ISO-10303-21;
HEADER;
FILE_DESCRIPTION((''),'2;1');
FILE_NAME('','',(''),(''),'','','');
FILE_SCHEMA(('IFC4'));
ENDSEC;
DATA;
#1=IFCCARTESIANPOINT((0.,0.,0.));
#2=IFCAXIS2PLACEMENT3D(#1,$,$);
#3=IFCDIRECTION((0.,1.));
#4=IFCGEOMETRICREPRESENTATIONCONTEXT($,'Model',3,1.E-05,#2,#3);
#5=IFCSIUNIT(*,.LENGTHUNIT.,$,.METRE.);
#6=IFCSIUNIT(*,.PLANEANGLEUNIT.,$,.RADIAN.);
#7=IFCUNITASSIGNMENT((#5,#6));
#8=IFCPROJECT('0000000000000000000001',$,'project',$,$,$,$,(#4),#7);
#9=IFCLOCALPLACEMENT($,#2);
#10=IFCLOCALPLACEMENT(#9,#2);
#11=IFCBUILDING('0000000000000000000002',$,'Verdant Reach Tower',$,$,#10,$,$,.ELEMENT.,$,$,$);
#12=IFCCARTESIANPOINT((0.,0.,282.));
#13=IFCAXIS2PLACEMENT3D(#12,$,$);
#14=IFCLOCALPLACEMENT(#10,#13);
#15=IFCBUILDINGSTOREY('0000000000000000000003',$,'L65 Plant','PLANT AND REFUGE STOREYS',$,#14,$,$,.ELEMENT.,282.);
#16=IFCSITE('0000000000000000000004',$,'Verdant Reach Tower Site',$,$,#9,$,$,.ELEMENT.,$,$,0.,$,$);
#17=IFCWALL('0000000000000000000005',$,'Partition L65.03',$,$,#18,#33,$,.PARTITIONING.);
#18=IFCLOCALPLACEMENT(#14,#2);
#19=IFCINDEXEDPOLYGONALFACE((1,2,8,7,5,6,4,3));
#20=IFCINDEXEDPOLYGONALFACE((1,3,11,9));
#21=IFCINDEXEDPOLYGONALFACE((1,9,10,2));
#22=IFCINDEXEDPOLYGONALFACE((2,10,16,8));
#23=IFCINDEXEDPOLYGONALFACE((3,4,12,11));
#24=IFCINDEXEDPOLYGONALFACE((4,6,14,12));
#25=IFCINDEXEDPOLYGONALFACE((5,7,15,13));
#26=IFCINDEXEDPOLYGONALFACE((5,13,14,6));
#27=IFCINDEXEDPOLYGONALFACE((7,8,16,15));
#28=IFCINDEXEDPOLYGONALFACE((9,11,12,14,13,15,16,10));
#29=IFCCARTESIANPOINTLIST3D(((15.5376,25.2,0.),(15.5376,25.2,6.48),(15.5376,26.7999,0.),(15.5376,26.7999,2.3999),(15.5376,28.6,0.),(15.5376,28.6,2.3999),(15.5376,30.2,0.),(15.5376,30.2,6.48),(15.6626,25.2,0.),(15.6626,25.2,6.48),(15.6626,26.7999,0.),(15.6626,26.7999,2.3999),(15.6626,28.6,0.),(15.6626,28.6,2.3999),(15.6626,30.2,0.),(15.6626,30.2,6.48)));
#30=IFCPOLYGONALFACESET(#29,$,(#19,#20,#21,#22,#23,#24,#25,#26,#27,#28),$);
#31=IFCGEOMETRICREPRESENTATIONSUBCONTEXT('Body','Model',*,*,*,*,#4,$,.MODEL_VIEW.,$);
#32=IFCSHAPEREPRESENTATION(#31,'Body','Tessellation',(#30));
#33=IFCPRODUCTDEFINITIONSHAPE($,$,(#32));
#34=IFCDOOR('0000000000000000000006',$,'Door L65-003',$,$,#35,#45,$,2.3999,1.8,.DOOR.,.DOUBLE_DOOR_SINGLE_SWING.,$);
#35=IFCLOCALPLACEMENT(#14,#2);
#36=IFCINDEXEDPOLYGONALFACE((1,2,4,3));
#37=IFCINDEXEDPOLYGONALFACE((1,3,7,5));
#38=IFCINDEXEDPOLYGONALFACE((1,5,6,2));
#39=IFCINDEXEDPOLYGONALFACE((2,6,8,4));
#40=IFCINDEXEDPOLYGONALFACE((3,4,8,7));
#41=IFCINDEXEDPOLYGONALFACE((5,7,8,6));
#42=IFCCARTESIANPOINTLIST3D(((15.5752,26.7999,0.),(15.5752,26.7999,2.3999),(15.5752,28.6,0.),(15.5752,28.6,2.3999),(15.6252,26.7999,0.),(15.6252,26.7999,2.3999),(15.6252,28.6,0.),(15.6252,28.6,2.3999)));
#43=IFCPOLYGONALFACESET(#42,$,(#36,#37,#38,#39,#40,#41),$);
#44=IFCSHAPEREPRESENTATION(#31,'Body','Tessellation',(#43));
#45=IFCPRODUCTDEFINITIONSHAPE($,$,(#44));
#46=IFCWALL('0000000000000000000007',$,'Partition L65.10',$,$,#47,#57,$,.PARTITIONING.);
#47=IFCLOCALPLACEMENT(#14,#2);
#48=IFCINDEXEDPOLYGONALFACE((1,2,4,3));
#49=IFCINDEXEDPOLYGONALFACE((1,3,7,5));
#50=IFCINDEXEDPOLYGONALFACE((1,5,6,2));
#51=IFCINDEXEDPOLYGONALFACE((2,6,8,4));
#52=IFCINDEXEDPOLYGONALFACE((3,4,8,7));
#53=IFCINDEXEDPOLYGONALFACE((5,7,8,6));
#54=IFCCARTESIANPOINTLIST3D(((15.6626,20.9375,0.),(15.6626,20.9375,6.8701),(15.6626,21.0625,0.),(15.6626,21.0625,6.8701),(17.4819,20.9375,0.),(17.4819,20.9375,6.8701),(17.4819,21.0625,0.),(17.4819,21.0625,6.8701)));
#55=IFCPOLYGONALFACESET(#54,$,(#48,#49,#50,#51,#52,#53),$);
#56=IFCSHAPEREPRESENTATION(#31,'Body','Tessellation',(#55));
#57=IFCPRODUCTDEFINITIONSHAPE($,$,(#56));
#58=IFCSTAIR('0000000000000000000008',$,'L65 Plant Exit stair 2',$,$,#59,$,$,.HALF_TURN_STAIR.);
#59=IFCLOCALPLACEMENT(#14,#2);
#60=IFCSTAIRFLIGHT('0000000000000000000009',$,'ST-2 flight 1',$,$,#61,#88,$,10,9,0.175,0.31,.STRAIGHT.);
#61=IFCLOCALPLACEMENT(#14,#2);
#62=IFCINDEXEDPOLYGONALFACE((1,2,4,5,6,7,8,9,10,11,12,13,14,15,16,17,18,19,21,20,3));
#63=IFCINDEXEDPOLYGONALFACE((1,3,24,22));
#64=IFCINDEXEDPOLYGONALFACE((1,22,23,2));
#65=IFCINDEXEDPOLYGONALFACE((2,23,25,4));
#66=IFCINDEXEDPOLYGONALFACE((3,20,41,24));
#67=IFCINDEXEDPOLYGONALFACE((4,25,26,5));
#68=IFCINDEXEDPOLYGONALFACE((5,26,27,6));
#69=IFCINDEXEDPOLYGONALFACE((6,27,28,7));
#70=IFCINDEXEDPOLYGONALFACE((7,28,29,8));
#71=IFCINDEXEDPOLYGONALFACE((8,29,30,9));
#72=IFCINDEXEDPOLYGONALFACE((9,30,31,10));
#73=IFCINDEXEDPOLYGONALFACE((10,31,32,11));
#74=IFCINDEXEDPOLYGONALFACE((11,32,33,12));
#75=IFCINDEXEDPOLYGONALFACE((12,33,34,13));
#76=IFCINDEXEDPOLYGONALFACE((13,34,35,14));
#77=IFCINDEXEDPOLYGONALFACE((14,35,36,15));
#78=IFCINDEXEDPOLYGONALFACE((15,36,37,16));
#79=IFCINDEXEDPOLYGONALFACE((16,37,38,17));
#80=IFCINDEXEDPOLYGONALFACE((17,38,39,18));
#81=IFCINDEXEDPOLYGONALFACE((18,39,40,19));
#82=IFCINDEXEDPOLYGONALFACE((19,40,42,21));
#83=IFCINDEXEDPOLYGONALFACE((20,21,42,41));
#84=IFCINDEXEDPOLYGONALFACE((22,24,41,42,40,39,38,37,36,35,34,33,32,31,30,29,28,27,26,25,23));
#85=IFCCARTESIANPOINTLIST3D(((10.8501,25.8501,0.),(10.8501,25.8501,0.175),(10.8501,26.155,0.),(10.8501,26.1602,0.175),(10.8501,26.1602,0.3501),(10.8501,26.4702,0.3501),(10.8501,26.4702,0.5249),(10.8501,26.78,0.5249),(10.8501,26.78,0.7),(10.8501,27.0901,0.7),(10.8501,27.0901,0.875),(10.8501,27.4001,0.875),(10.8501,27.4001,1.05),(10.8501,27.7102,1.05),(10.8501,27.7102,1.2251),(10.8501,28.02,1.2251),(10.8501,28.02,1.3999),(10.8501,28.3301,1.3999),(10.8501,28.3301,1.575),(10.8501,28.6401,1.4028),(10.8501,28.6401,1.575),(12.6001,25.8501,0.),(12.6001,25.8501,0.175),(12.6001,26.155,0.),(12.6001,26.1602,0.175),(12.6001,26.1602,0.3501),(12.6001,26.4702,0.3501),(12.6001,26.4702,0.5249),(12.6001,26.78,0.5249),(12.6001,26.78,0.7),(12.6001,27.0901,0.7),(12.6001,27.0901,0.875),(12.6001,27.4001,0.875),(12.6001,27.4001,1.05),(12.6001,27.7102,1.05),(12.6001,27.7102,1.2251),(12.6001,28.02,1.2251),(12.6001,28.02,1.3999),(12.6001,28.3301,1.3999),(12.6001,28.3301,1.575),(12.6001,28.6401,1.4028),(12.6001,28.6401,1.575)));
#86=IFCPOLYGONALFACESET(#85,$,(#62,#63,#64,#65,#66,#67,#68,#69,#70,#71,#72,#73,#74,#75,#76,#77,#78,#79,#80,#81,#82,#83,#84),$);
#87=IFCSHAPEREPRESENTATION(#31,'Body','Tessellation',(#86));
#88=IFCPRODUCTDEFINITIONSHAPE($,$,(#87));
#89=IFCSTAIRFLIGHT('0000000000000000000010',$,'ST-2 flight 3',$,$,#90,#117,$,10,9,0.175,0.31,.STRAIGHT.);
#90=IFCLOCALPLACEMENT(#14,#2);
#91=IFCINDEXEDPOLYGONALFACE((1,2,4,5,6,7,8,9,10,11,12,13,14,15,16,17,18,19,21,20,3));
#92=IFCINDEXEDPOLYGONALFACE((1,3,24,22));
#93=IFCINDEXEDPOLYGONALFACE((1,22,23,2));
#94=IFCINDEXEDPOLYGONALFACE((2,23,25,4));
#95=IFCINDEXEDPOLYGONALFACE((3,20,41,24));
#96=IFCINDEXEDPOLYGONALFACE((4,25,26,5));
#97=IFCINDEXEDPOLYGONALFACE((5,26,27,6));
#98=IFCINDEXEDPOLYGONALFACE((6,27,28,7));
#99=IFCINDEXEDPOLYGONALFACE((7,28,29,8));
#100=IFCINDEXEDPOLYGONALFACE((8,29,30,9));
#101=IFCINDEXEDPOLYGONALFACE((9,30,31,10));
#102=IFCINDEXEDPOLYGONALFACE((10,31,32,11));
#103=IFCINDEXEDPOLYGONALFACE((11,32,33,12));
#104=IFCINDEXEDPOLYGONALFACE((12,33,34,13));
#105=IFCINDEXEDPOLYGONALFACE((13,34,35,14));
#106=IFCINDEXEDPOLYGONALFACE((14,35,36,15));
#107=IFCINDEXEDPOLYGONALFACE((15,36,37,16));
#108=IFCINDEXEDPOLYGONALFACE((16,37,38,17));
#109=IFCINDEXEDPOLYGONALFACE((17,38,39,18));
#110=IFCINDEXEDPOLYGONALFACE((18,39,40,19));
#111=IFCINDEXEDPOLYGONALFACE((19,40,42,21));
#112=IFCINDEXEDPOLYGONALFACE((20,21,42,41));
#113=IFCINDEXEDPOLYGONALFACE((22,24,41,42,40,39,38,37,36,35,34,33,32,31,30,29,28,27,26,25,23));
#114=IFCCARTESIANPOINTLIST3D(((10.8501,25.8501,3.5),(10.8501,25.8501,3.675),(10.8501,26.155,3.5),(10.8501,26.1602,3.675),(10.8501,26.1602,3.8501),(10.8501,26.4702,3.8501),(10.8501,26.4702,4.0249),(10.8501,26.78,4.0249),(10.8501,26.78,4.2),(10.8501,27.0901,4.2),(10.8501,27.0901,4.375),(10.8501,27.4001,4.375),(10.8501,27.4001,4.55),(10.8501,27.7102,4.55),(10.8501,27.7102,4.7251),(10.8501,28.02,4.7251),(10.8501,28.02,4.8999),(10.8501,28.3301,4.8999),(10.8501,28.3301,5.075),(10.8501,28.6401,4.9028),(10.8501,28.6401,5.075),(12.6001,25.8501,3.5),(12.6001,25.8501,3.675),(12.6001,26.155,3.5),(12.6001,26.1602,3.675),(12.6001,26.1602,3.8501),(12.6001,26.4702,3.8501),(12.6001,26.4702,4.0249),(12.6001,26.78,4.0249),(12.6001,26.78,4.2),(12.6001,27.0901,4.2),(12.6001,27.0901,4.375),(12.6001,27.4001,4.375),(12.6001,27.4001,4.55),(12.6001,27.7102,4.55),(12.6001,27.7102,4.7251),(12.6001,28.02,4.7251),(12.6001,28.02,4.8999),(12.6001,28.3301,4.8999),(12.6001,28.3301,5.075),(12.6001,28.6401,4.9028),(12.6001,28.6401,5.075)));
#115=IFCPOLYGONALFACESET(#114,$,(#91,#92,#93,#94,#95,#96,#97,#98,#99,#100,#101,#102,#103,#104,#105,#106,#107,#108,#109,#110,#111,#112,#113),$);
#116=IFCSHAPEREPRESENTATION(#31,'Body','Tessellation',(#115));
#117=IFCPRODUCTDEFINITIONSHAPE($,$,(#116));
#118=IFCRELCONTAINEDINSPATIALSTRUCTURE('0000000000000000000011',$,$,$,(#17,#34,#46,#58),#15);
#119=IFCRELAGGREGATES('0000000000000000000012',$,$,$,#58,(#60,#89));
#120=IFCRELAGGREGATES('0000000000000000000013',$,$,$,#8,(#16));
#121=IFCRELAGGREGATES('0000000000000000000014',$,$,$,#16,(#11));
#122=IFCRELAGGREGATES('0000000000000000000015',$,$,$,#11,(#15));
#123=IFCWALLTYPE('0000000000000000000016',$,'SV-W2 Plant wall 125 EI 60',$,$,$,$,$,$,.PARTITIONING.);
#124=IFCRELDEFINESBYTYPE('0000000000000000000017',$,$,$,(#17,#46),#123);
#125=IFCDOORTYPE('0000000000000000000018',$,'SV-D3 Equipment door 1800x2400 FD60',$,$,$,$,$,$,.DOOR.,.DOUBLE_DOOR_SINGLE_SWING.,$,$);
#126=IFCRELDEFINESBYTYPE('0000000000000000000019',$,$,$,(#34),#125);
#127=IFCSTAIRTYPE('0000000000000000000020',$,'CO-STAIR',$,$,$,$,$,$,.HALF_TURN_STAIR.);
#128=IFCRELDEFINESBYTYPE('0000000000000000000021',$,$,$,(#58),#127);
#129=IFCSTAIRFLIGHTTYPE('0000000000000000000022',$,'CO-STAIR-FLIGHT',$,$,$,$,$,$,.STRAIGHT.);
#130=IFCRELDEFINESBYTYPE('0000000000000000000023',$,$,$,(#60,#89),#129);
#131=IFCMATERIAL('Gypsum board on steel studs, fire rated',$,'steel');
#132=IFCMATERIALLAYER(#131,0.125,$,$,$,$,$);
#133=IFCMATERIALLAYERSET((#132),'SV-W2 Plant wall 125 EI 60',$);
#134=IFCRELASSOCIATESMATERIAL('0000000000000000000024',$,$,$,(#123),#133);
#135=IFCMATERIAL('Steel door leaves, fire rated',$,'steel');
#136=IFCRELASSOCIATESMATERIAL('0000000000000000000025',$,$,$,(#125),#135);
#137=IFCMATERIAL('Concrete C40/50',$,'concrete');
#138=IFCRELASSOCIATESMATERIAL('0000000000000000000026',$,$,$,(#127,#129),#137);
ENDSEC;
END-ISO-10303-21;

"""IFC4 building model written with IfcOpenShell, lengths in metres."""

from ifc_helpers import new_model, si_unit, direction, frame, frame_2d, origin, place, context, subcontext, project, spatial, polyline, rectangle, outline, extrude, material, layer, layer_set, type_object, element, fill, aggregate, save


model = new_model("IFC4")

# Units and contexts
model_context = context("Model", 3, precision=1e-05, world=origin(), true_north=direction((0.0, 1.0)))
body_context = subcontext(model_context, "Body", "Model", "MODEL_VIEW")
ifc_project = project(units=[si_unit("LENGTHUNIT", "METRE"), si_unit("PLANEANGLEUNIT", "RADIAN")], contexts=[model_context])

# Site, building, storey
site_placement = place(None, origin())
site = spatial("IfcSite", under=ifc_project, at=site_placement, Name="Verdant Reach Tower Site", CompositionType="ELEMENT", RefElevation=0.0)
building_placement = place(site_placement, origin())
building = spatial("IfcBuilding", under=site, at=building_placement, Name="Verdant Reach Tower", CompositionType="ELEMENT")
storey_placement = place(building_placement, frame((0.0, 0.0, 282.0)))
storey = spatial("IfcBuildingStorey", under=building, at=storey_placement, Name="L65 Plant", Description="PLANT AND REFUGE STOREYS", CompositionType="ELEMENT", Elevation=282.0)

# Shared definitions
ifc_material_1 = material(Name="Concrete C40/50", Category="concrete")

# Wall, opening, door
ifc_material_2 = material(Name="Gypsum board on steel studs, fire rated", Category="steel")
ifc_layer_1 = layer(ifc_material_2, 0.125)
ifc_layer_set_1 = layer_set([ifc_layer_1], Name="SV-W2 Plant wall 125 EI 60")
wall_type_1 = type_object("IfcWallType", Name="SV-W2 Plant wall 125 EI 60", PredefinedType="PARTITIONING", material=ifc_layer_set_1)
wall_1_placement = place(storey_placement, frame((15.6001, 25.2, 0.0), z_axis=(0.0, 0.0, 1.0), x_axis=(0.0, 1.0, 0.0)))
wall_1 = element("IfcWall", 1, at=wall_1_placement, inside=storey, type_object=wall_type_1, Name="Partition L65.03", PredefinedType="PARTITIONING", context=body_context, shape_type="SweptSolid", body=[
    extrude(rectangle(XDim=5.0, YDim=0.125, at=frame_2d((2.5, 0.0))), origin(), (0.0, 0.0, 1.0), 6.48),
])
opening_1_placement = place(wall_1_placement, frame((1.6001, 0.0, 0.0)))
opening_1 = element("IfcOpeningElement", 2, at=opening_1_placement, cuts=wall_1, PredefinedType="OPENING", context=body_context, shape_type="SweptSolid", body=[
    extrude(rectangle(XDim=1.8, YDim=2.3999, at=frame_2d((0.8999, 1.2))), frame((0.0, 0.0725, 0.0), z_axis=(0.0, -1.0, 0.0), x_axis=(1.0, 0.0, 0.0)), (0.0, 0.0, 1.0), 0.145),
])
ifc_material_3 = material(Name="Steel door leaves, fire rated", Category="steel")
door_type_1 = type_object("IfcDoorType", Name="SV-D3 Equipment door 1800x2400 FD60", OperationType="DOUBLE_DOOR_SINGLE_SWING", PredefinedType="DOOR", material=ifc_material_3)
door_1_placement = place(opening_1_placement, origin())
door_1 = element("IfcDoor", 3, at=door_1_placement, inside=storey, type_object=door_type_1, Name="Door L65-003", OperationType="DOUBLE_DOOR_SINGLE_SWING", OverallHeight=2.3999, OverallWidth=1.8, PredefinedType="DOOR", context=body_context, shape_type="SweptSolid", body=[
    extrude(rectangle(XDim=1.8, YDim=2.3999, at=frame_2d((0.8999, 1.2))), frame((0.0, 0.0249, 0.0), z_axis=(0.0, -1.0, 0.0), x_axis=(1.0, 0.0, 0.0)), (0.0, 0.0, 1.0), 0.05),
])
fill(opening_1, door_1)

# Wall
wall_2_placement = place(storey_placement, frame((15.6626, 21.0, 0.0), z_axis=(0.0, 0.0, 1.0), x_axis=(1.0, 0.0, 0.0)))
element("IfcWall", 4, at=wall_2_placement, inside=storey, type_object=wall_type_1, Name="Partition L65.10", PredefinedType="PARTITIONING", context=body_context, shape_type="SweptSolid", body=[
    extrude(rectangle(XDim=1.8193, YDim=0.125, at=frame_2d((0.9097, 0.0))), origin(), (0.0, 0.0, 1.0), 6.8701),
])

# Stair, stair flights
stair_type = type_object("IfcStairType", Name="CO-STAIR", PredefinedType="HALF_TURN_STAIR", material=ifc_material_1)
stair_placement = place(storey_placement, origin())
stair = element("IfcStair", 5, at=stair_placement, inside=storey, type_object=stair_type, Name="L65 Plant Exit stair 2", PredefinedType="HALF_TURN_STAIR")
stair_flight_type = type_object("IfcStairFlightType", Name="CO-STAIR-FLIGHT", PredefinedType="STRAIGHT", material=ifc_material_1)
stair_flight_1_placement = place(storey_placement, frame((11.7251, 25.8501, 0.0), z_axis=(0.0, 0.0, 1.0), x_axis=(0.0, 1.0, 0.0)))
stair_flight_1 = element("IfcStairFlight", 6, at=stair_flight_1_placement, type_object=stair_flight_type, Name="ST-2 flight 1", NumberOfRisers=10, NumberOfTreads=9, PredefinedType="STRAIGHT", RiserHeight=0.175, TreadLength=0.31, context=body_context, shape_type="SweptSolid", body=[
    extrude(outline(polyline([(0.0, 0.0), (0.0, 0.175), (0.3101, 0.175), (0.3101, 0.3501), (0.6201, 0.3501), (0.6201, 0.5249), (0.9299, 0.5249), (0.9299, 0.7), (1.24, 0.7), (1.24, 0.875), (1.55, 0.875), (1.55, 1.05), (1.8601, 1.05), (1.8601, 1.2251), (2.1699, 1.2251), (2.1699, 1.3999), (2.48, 1.3999), (2.48, 1.575), (2.79, 1.575), (2.79, 1.75), (2.79, 1.4028), (0.3049, 0.0), (0.0, 0.0)])), frame((0.0, 0.875, 0.0), z_axis=(0.0, -1.0, 0.0), x_axis=(1.0, 0.0, 0.0)), (0.0, 0.0, 1.0), 1.75),
])
stair_flight_2_placement = place(storey_placement, frame((11.7251, 25.8501, 3.5), z_axis=(0.0, 0.0, 1.0), x_axis=(0.0, 1.0, 0.0)))
stair_flight_2 = element("IfcStairFlight", 7, at=stair_flight_2_placement, type_object=stair_flight_type, Name="ST-2 flight 3", NumberOfRisers=10, NumberOfTreads=9, PredefinedType="STRAIGHT", RiserHeight=0.175, TreadLength=0.31, context=body_context, shape_type="SweptSolid", body=[
    extrude(outline(polyline([(0.0, 0.0), (0.0, 0.175), (0.3101, 0.175), (0.3101, 0.3501), (0.6201, 0.3501), (0.6201, 0.5249), (0.9299, 0.5249), (0.9299, 0.7), (1.24, 0.7), (1.24, 0.875), (1.55, 0.875), (1.55, 1.05), (1.8601, 1.05), (1.8601, 1.2251), (2.1699, 1.2251), (2.1699, 1.3999), (2.48, 1.3999), (2.48, 1.575), (2.79, 1.575), (2.79, 1.75), (2.79, 1.4028), (0.3049, 0.0), (0.0, 0.0)])), frame((0.0, 0.875, 0.0), z_axis=(0.0, -1.0, 0.0), x_axis=(1.0, 0.0, 0.0)), (0.0, 0.0, 1.0), 1.75),
])
aggregate(stair, [stair_flight_1, stair_flight_2])

save(model, "model.ifc")
